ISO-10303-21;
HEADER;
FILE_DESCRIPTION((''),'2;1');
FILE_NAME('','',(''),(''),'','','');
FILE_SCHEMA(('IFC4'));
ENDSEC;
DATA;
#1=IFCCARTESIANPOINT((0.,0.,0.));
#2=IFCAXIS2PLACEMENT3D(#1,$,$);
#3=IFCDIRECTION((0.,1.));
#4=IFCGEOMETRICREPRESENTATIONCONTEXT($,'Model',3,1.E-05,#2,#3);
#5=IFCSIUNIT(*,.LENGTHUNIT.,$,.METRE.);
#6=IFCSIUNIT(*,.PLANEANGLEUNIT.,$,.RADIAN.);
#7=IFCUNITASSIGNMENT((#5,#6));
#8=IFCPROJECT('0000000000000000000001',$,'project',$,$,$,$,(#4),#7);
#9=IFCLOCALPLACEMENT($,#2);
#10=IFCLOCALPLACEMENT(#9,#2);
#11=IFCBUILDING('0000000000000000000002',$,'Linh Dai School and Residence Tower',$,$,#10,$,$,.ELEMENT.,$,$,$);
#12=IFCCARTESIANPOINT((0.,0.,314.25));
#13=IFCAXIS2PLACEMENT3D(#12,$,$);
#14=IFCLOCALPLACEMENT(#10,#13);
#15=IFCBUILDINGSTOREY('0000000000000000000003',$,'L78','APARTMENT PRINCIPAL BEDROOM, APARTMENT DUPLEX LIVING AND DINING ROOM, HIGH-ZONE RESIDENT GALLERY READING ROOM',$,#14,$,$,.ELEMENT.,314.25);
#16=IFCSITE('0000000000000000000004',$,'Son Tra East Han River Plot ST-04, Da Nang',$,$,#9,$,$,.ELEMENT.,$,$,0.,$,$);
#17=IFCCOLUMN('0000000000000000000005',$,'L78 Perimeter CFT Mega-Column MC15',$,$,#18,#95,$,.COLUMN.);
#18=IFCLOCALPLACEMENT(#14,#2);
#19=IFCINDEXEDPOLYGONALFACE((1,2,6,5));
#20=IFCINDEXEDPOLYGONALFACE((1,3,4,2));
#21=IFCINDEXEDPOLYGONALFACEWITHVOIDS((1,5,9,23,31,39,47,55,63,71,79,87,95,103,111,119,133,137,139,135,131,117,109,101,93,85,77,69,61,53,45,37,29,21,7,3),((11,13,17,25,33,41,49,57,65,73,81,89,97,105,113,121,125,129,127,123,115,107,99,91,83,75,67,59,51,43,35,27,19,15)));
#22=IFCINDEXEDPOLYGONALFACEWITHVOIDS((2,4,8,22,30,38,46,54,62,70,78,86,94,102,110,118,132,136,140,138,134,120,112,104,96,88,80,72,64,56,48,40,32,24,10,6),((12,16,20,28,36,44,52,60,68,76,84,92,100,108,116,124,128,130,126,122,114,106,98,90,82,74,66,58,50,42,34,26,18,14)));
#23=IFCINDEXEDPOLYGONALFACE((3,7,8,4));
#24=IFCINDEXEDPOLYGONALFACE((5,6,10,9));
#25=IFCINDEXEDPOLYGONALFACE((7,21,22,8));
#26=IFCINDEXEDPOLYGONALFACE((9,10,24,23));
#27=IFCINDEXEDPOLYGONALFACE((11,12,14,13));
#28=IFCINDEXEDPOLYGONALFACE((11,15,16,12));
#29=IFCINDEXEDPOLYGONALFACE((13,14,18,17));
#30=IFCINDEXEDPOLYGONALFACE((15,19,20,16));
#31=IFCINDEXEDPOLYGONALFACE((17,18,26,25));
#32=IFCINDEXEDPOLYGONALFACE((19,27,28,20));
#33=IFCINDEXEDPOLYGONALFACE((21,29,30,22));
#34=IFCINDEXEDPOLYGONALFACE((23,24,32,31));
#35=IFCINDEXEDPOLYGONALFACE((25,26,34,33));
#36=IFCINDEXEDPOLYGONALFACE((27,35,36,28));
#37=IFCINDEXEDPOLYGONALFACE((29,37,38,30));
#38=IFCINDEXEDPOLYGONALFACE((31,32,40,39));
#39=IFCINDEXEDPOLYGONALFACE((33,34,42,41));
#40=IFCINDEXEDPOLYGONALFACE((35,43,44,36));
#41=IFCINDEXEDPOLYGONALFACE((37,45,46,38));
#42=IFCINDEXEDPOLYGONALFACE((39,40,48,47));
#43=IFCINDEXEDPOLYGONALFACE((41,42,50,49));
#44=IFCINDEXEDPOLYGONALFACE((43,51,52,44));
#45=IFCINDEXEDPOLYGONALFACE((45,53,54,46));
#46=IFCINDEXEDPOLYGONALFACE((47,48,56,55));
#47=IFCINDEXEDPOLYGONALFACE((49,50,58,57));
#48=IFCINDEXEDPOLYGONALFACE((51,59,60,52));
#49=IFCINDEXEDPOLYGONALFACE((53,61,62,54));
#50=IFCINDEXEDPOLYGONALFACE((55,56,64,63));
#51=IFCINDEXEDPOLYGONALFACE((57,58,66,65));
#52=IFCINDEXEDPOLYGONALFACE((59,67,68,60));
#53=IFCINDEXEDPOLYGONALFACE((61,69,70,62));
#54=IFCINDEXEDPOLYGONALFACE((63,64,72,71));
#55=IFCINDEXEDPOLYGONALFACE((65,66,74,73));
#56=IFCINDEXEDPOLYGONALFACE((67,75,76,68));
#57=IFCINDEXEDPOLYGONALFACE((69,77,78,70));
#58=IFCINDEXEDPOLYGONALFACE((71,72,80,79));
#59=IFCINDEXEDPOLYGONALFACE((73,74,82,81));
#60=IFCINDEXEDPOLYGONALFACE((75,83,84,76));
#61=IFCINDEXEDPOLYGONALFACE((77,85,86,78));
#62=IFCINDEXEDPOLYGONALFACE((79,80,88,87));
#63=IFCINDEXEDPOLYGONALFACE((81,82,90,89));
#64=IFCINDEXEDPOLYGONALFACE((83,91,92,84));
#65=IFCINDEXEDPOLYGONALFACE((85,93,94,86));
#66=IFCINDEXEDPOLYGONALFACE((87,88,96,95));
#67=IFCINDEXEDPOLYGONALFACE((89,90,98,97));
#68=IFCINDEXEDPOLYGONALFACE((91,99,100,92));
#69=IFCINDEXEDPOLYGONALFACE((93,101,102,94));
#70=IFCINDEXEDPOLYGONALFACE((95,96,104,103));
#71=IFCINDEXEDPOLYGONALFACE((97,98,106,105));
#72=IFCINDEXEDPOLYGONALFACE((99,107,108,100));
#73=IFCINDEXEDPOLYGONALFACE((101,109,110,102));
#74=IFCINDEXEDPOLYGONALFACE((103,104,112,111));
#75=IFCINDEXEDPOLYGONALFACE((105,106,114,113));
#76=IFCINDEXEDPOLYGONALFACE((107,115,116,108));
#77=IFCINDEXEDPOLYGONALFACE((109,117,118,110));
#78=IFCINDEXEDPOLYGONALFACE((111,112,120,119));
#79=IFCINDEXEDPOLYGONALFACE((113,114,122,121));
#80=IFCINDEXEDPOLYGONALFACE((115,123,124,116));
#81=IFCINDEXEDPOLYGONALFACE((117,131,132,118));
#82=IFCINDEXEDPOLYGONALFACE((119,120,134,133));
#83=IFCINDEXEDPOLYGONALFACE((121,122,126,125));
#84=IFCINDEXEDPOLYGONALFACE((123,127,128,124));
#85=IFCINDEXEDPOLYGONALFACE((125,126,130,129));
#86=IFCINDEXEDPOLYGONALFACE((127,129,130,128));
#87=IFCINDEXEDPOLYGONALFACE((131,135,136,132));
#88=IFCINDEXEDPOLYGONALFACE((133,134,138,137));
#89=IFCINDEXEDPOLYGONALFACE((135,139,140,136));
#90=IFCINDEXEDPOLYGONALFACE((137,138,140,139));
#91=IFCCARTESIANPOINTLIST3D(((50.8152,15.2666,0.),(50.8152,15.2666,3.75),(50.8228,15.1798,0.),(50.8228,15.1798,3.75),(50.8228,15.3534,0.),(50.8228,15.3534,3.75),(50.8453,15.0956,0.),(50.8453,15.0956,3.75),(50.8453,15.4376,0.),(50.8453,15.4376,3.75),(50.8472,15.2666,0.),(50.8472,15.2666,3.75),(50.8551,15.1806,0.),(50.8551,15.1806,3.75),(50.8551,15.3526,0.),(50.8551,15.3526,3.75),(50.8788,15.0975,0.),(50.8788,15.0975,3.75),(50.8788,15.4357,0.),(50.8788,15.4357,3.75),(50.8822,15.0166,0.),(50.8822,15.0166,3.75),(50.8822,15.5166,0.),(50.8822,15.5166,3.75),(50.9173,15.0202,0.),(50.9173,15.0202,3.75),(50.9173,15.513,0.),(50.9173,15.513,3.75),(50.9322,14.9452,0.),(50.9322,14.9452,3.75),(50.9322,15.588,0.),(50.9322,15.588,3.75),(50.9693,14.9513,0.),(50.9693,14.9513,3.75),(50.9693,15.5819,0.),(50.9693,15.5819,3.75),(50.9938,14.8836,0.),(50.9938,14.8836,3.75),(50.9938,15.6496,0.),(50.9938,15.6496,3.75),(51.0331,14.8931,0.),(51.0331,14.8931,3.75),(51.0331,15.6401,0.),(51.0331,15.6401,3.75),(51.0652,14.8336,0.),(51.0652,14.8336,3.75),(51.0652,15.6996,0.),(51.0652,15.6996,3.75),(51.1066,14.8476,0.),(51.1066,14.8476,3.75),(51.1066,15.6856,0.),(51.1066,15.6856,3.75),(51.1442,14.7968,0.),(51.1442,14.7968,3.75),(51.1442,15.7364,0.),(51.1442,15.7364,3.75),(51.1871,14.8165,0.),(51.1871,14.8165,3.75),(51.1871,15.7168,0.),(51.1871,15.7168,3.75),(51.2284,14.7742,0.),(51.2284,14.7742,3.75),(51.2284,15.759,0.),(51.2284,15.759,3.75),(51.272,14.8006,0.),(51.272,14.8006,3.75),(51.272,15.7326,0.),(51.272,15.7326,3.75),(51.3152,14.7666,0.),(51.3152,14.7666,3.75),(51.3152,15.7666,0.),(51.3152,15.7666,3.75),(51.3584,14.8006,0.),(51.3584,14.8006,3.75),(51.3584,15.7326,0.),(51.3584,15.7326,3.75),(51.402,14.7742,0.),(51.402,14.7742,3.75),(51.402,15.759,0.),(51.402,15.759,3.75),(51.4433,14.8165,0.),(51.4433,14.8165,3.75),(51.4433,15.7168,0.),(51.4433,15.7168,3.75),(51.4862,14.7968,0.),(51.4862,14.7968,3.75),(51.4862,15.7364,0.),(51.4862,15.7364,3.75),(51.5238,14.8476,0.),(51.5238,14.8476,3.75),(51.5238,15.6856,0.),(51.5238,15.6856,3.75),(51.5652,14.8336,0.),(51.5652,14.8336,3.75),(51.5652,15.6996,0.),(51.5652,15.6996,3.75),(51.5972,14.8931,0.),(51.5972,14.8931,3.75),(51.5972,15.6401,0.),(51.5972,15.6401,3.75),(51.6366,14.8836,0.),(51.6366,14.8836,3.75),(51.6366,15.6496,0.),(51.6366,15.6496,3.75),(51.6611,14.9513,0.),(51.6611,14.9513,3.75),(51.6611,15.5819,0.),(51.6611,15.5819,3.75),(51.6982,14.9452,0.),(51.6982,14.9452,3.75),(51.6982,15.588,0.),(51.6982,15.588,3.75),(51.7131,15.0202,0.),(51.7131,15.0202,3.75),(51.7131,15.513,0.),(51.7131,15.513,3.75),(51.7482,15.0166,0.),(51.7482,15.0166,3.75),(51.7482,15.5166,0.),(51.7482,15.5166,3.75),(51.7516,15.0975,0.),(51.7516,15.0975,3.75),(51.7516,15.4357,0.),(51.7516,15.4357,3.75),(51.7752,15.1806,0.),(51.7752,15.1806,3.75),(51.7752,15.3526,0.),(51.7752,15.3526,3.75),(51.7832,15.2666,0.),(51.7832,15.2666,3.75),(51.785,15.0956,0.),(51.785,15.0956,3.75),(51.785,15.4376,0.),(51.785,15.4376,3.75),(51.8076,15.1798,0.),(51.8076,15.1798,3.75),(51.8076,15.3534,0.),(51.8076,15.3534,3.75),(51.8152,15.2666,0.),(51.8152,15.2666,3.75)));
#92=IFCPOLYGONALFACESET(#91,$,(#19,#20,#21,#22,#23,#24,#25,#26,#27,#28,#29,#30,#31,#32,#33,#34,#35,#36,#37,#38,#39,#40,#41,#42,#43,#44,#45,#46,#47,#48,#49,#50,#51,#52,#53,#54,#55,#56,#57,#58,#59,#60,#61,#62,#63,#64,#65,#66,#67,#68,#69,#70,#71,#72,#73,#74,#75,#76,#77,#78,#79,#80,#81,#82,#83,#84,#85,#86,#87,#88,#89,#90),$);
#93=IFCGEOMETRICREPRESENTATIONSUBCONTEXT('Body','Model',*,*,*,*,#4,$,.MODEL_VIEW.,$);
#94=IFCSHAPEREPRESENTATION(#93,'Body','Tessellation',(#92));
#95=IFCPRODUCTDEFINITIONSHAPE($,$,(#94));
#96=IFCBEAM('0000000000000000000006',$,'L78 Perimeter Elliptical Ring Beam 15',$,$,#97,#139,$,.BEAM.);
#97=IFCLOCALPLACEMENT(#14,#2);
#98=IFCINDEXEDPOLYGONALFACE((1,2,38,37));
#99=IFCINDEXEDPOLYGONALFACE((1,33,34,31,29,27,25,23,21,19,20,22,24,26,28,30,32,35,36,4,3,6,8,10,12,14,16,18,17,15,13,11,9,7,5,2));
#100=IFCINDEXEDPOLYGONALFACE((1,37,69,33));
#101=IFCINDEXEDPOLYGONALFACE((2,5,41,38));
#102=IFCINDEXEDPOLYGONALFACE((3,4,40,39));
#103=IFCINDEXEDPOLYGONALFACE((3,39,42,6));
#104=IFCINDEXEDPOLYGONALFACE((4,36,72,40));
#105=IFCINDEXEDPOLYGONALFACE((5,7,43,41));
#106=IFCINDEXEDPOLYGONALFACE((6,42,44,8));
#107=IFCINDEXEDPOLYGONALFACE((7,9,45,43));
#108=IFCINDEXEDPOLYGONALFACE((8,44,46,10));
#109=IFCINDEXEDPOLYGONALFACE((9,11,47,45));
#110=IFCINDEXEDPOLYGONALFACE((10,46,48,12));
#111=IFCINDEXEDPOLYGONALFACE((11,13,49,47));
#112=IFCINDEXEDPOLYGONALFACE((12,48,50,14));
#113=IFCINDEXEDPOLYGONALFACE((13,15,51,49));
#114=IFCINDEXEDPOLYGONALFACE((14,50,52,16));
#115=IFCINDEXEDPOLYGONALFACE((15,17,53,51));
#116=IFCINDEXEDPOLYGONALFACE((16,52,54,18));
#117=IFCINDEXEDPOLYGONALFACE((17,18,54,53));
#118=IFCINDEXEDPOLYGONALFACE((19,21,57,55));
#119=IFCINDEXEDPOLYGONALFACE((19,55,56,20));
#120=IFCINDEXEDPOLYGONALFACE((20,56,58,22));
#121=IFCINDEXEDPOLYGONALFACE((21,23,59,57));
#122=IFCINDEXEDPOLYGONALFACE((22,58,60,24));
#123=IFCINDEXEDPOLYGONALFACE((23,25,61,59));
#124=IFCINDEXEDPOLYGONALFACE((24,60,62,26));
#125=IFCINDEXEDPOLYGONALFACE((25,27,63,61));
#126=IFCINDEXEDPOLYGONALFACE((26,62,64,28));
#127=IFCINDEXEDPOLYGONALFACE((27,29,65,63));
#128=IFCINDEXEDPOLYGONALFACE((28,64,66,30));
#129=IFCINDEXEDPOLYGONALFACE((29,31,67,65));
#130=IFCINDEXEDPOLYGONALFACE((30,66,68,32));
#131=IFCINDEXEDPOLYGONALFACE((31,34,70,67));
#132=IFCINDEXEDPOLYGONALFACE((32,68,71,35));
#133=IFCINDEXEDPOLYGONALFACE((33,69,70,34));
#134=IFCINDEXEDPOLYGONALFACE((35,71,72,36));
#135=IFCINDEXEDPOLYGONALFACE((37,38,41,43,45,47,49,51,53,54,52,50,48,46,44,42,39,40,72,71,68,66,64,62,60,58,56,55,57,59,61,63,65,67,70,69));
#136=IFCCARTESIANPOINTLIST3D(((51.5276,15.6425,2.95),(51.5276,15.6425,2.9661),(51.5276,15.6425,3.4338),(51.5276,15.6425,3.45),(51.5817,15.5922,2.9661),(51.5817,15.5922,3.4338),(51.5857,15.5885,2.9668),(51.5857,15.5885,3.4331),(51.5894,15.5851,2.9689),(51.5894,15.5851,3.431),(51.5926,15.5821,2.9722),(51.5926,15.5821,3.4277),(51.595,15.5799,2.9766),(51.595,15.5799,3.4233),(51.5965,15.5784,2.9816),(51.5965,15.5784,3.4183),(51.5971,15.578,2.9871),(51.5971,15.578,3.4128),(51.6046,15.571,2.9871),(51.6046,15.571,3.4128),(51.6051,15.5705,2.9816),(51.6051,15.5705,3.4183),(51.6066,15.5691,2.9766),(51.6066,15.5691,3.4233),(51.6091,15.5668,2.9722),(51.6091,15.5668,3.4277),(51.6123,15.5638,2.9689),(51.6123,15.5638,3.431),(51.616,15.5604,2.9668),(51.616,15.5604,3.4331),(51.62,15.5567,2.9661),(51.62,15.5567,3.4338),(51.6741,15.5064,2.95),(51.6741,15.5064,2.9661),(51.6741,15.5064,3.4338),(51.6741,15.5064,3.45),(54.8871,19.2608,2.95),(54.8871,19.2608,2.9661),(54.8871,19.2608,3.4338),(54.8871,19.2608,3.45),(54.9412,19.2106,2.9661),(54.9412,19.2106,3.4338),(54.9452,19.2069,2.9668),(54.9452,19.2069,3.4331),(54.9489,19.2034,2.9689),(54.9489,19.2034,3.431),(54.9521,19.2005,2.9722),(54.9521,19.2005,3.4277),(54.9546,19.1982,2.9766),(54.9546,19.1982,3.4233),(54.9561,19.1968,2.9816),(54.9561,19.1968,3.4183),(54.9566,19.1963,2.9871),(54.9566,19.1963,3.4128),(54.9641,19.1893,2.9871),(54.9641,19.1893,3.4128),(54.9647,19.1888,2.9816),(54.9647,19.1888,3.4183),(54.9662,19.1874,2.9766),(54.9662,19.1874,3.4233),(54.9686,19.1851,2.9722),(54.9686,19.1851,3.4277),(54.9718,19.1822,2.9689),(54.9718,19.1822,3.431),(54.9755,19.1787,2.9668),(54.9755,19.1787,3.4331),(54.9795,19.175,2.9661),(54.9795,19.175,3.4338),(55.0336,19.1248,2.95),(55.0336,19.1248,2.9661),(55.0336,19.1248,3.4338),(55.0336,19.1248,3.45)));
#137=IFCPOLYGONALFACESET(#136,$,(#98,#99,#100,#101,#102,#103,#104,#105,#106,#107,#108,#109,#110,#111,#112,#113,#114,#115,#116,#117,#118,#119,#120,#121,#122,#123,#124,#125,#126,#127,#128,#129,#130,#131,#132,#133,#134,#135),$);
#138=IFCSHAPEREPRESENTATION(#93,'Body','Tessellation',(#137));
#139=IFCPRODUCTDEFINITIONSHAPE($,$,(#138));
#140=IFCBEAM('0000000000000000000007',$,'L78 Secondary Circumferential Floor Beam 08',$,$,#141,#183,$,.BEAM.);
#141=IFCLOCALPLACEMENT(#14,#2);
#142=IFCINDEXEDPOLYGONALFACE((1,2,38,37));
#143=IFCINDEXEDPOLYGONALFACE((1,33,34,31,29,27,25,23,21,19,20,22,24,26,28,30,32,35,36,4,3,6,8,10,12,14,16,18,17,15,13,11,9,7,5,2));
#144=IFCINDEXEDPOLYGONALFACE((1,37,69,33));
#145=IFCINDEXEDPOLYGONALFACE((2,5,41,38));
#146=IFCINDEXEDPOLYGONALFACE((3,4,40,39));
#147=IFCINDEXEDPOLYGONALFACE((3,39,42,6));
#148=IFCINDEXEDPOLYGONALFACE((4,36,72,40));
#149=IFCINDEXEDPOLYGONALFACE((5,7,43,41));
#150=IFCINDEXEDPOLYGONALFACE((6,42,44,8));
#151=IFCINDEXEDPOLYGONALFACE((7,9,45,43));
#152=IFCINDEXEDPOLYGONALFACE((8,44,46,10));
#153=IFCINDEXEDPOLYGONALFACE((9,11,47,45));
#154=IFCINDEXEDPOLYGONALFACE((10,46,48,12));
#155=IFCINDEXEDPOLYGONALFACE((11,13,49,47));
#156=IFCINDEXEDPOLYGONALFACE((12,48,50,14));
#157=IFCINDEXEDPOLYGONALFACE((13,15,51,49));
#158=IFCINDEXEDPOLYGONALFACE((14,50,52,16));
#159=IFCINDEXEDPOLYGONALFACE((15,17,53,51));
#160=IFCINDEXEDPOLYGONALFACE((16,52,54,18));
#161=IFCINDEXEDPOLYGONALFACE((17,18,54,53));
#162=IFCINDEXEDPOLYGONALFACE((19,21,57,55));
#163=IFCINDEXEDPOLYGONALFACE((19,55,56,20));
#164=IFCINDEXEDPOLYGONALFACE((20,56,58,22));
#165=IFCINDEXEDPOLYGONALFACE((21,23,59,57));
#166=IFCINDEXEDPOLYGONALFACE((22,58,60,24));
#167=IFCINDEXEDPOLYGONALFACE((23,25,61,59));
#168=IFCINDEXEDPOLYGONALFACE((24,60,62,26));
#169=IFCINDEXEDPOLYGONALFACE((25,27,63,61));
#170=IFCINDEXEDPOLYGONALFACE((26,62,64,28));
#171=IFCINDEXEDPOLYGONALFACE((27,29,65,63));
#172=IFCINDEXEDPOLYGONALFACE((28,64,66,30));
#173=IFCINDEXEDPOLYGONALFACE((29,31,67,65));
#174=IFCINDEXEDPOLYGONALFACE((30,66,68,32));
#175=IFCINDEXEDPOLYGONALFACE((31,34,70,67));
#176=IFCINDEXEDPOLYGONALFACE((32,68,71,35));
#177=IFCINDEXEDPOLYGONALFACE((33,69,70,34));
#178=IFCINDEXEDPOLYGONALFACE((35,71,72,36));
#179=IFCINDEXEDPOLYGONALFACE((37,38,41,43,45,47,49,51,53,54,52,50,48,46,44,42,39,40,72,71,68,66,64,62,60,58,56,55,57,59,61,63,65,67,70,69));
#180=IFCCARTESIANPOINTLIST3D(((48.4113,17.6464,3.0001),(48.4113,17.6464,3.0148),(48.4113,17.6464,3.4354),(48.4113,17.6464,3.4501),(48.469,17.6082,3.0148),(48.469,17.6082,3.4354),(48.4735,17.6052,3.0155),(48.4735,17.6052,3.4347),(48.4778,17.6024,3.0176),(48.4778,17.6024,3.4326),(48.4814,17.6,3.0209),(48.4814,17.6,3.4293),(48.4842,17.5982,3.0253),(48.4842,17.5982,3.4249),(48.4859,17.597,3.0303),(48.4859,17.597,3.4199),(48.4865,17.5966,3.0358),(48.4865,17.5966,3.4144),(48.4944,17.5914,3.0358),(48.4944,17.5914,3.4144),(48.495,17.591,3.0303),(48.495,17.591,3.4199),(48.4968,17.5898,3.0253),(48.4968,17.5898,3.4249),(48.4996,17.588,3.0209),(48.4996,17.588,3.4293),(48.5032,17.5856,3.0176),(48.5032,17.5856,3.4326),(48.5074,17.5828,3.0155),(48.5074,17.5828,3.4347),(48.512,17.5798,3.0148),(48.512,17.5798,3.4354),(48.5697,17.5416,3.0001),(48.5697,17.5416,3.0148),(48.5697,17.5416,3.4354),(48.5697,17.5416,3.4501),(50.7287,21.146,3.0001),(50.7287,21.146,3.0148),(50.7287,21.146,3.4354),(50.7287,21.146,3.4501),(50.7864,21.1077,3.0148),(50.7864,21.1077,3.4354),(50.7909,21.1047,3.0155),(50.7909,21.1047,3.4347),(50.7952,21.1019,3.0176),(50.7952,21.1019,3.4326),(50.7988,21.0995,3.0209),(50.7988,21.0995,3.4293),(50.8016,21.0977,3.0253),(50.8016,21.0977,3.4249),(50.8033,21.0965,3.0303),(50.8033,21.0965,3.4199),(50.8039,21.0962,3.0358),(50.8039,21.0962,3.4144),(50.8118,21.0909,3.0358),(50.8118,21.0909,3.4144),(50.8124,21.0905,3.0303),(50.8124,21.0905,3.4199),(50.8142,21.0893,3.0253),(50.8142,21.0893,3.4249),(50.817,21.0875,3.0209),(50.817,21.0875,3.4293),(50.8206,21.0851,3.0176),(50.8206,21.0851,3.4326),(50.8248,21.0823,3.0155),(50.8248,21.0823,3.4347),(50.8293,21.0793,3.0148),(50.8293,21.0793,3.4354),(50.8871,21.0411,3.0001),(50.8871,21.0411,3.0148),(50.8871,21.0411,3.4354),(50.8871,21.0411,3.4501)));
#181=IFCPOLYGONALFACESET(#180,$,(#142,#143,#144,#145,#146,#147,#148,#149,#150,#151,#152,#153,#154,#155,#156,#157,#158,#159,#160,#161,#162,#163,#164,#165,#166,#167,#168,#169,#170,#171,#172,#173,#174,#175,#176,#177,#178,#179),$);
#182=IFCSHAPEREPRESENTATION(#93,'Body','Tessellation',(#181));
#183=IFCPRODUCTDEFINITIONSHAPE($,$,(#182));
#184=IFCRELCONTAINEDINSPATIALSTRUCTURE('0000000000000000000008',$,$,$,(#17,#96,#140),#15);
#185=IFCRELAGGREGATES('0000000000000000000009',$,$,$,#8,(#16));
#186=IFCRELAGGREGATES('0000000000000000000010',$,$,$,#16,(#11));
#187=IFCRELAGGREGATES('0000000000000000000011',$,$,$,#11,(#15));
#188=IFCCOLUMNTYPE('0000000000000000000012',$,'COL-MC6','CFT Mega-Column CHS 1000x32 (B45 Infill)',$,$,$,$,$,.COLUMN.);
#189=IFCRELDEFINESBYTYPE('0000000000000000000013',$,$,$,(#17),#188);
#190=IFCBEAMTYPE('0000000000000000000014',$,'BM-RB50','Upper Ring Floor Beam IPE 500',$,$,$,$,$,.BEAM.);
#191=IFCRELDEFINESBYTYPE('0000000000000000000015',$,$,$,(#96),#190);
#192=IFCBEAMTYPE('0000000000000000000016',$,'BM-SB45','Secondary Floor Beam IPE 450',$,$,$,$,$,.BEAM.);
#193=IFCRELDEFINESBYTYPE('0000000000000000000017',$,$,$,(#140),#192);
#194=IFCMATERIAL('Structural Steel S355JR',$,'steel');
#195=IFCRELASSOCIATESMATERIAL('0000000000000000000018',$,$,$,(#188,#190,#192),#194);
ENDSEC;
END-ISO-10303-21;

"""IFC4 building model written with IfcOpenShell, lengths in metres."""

from ifc_helpers import new_model, si_unit, direction, frame, origin, origin_2d, place, context, subcontext, project, spatial, hollow_circle, i_section, extrude, material, material_profile, profile_set, type_object, element, save


model = new_model("IFC4")

# Units and contexts
model_context = context("Model", 3, precision=1e-05, world=origin(), true_north=direction((0.0, 1.0)))
body_context = subcontext(model_context, "Body", "Model", "MODEL_VIEW")
ifc_project = project(units=[si_unit("LENGTHUNIT", "METRE"), si_unit("PLANEANGLEUNIT", "RADIAN")], contexts=[model_context])

# Site, building, storey
site_placement = place(None, origin())
site = spatial("IfcSite", under=ifc_project, at=site_placement, Name="Son Tra East Han River Plot ST-04, Da Nang", CompositionType="ELEMENT", RefElevation=0.0)
building_placement = place(site_placement, origin())
building = spatial("IfcBuilding", under=site, at=building_placement, Name="Linh Dai School and Residence Tower", CompositionType="ELEMENT")
storey_placement = place(building_placement, frame((0.0, 0.0, 314.25)))
storey = spatial("IfcBuildingStorey", under=building, at=storey_placement, Name="L78", Description="APARTMENT PRINCIPAL BEDROOM, APARTMENT DUPLEX LIVING AND DINING ROOM, HIGH-ZONE RESIDENT GALLERY READING ROOM", CompositionType="ELEMENT", Elevation=314.25)

# Column
ifc_material_1 = material(Name="Structural Steel S355JR", Category="steel")
ifc_material_profile_1 = material_profile(ifc_material_1, hollow_circle(Radius=0.5, WallThickness=0.032, at=origin_2d()), Name="CHS 1000x32")
ifc_profile_set_1 = profile_set([ifc_material_profile_1], Name="Structural Steel S355JR")
column_type = type_object("IfcColumnType", Name="COL-MC6", Description="CFT Mega-Column CHS 1000x32 (B45 Infill)", PredefinedType="COLUMN", material=ifc_profile_set_1)
column_placement = place(storey_placement, frame((51.3152, 15.2666, 0.0), z_axis=(0.0, 0.0, 1.0), x_axis=(1.0, 0.0, 0.0)))
element("IfcColumn", 1, at=column_placement, inside=storey, type_object=column_type, Name="L78 Perimeter CFT Mega-Column MC15", PredefinedType="COLUMN", context=body_context, shape_type="SweptSolid", body=[
    extrude(hollow_circle(Radius=0.5, WallThickness=0.032, at=origin_2d()), origin(), (0.0, 0.0, 1.0), 3.75),
])

# Beams
ifc_material_profile_2 = material_profile(ifc_material_1, i_section(OverallWidth=0.2, OverallDepth=0.5, WebThickness=0.0103, FlangeThickness=0.0161, FilletRadius=0.021, at=origin_2d()), Name="IPE 500")
ifc_profile_set_2 = profile_set([ifc_material_profile_2], Name="Structural Steel S355JR")
beam_type_1 = type_object("IfcBeamType", Name="BM-RB50", Description="Upper Ring Floor Beam IPE 500", PredefinedType="BEAM", material=ifc_profile_set_2)
beam_1_placement = place(storey_placement, frame((51.6008, 15.5745, 3.2), z_axis=(0.680415, 0.732827, 0.0), x_axis=(-0.732827, 0.680415, 0.0)))
element("IfcBeam", 2, at=beam_1_placement, inside=storey, type_object=beam_type_1, Name="L78 Perimeter Elliptical Ring Beam 15", PredefinedType="BEAM", context=body_context, shape_type="SweptSolid", body=[
    extrude(i_section(OverallWidth=0.2, OverallDepth=0.5, WebThickness=0.0103, FlangeThickness=0.0161, FilletRadius=0.021, at=origin_2d()), origin(), (0.0, 0.0, 1.0), 4.9375),
])
ifc_material_profile_3 = material_profile(ifc_material_1, i_section(OverallWidth=0.1899, OverallDepth=0.45, WebThickness=0.0095, FlangeThickness=0.0146, FilletRadius=0.021, at=origin_2d()), Name="IPE 450")
ifc_profile_set_3 = profile_set([ifc_material_profile_3], Name="Structural Steel S355JR")
beam_type_2 = type_object("IfcBeamType", Name="BM-SB45", Description="Secondary Floor Beam IPE 450", PredefinedType="BEAM", material=ifc_profile_set_3)
beam_2_placement = place(storey_placement, frame((48.4905, 17.594, 3.2251), z_axis=(0.55212, 0.833764, 0.0), x_axis=(-0.833764, 0.55212, 0.0)))
element("IfcBeam", 3, at=beam_2_placement, inside=storey, type_object=beam_type_2, Name="L78 Secondary Circumferential Floor Beam 08", PredefinedType="BEAM", context=body_context, shape_type="SweptSolid", body=[
    extrude(i_section(OverallWidth=0.1899, OverallDepth=0.45, WebThickness=0.0095, FlangeThickness=0.0146, FilletRadius=0.021, at=origin_2d()), origin(), (0.0, 0.0, 1.0), 4.1973),
])

save(model, "model.ifc")
